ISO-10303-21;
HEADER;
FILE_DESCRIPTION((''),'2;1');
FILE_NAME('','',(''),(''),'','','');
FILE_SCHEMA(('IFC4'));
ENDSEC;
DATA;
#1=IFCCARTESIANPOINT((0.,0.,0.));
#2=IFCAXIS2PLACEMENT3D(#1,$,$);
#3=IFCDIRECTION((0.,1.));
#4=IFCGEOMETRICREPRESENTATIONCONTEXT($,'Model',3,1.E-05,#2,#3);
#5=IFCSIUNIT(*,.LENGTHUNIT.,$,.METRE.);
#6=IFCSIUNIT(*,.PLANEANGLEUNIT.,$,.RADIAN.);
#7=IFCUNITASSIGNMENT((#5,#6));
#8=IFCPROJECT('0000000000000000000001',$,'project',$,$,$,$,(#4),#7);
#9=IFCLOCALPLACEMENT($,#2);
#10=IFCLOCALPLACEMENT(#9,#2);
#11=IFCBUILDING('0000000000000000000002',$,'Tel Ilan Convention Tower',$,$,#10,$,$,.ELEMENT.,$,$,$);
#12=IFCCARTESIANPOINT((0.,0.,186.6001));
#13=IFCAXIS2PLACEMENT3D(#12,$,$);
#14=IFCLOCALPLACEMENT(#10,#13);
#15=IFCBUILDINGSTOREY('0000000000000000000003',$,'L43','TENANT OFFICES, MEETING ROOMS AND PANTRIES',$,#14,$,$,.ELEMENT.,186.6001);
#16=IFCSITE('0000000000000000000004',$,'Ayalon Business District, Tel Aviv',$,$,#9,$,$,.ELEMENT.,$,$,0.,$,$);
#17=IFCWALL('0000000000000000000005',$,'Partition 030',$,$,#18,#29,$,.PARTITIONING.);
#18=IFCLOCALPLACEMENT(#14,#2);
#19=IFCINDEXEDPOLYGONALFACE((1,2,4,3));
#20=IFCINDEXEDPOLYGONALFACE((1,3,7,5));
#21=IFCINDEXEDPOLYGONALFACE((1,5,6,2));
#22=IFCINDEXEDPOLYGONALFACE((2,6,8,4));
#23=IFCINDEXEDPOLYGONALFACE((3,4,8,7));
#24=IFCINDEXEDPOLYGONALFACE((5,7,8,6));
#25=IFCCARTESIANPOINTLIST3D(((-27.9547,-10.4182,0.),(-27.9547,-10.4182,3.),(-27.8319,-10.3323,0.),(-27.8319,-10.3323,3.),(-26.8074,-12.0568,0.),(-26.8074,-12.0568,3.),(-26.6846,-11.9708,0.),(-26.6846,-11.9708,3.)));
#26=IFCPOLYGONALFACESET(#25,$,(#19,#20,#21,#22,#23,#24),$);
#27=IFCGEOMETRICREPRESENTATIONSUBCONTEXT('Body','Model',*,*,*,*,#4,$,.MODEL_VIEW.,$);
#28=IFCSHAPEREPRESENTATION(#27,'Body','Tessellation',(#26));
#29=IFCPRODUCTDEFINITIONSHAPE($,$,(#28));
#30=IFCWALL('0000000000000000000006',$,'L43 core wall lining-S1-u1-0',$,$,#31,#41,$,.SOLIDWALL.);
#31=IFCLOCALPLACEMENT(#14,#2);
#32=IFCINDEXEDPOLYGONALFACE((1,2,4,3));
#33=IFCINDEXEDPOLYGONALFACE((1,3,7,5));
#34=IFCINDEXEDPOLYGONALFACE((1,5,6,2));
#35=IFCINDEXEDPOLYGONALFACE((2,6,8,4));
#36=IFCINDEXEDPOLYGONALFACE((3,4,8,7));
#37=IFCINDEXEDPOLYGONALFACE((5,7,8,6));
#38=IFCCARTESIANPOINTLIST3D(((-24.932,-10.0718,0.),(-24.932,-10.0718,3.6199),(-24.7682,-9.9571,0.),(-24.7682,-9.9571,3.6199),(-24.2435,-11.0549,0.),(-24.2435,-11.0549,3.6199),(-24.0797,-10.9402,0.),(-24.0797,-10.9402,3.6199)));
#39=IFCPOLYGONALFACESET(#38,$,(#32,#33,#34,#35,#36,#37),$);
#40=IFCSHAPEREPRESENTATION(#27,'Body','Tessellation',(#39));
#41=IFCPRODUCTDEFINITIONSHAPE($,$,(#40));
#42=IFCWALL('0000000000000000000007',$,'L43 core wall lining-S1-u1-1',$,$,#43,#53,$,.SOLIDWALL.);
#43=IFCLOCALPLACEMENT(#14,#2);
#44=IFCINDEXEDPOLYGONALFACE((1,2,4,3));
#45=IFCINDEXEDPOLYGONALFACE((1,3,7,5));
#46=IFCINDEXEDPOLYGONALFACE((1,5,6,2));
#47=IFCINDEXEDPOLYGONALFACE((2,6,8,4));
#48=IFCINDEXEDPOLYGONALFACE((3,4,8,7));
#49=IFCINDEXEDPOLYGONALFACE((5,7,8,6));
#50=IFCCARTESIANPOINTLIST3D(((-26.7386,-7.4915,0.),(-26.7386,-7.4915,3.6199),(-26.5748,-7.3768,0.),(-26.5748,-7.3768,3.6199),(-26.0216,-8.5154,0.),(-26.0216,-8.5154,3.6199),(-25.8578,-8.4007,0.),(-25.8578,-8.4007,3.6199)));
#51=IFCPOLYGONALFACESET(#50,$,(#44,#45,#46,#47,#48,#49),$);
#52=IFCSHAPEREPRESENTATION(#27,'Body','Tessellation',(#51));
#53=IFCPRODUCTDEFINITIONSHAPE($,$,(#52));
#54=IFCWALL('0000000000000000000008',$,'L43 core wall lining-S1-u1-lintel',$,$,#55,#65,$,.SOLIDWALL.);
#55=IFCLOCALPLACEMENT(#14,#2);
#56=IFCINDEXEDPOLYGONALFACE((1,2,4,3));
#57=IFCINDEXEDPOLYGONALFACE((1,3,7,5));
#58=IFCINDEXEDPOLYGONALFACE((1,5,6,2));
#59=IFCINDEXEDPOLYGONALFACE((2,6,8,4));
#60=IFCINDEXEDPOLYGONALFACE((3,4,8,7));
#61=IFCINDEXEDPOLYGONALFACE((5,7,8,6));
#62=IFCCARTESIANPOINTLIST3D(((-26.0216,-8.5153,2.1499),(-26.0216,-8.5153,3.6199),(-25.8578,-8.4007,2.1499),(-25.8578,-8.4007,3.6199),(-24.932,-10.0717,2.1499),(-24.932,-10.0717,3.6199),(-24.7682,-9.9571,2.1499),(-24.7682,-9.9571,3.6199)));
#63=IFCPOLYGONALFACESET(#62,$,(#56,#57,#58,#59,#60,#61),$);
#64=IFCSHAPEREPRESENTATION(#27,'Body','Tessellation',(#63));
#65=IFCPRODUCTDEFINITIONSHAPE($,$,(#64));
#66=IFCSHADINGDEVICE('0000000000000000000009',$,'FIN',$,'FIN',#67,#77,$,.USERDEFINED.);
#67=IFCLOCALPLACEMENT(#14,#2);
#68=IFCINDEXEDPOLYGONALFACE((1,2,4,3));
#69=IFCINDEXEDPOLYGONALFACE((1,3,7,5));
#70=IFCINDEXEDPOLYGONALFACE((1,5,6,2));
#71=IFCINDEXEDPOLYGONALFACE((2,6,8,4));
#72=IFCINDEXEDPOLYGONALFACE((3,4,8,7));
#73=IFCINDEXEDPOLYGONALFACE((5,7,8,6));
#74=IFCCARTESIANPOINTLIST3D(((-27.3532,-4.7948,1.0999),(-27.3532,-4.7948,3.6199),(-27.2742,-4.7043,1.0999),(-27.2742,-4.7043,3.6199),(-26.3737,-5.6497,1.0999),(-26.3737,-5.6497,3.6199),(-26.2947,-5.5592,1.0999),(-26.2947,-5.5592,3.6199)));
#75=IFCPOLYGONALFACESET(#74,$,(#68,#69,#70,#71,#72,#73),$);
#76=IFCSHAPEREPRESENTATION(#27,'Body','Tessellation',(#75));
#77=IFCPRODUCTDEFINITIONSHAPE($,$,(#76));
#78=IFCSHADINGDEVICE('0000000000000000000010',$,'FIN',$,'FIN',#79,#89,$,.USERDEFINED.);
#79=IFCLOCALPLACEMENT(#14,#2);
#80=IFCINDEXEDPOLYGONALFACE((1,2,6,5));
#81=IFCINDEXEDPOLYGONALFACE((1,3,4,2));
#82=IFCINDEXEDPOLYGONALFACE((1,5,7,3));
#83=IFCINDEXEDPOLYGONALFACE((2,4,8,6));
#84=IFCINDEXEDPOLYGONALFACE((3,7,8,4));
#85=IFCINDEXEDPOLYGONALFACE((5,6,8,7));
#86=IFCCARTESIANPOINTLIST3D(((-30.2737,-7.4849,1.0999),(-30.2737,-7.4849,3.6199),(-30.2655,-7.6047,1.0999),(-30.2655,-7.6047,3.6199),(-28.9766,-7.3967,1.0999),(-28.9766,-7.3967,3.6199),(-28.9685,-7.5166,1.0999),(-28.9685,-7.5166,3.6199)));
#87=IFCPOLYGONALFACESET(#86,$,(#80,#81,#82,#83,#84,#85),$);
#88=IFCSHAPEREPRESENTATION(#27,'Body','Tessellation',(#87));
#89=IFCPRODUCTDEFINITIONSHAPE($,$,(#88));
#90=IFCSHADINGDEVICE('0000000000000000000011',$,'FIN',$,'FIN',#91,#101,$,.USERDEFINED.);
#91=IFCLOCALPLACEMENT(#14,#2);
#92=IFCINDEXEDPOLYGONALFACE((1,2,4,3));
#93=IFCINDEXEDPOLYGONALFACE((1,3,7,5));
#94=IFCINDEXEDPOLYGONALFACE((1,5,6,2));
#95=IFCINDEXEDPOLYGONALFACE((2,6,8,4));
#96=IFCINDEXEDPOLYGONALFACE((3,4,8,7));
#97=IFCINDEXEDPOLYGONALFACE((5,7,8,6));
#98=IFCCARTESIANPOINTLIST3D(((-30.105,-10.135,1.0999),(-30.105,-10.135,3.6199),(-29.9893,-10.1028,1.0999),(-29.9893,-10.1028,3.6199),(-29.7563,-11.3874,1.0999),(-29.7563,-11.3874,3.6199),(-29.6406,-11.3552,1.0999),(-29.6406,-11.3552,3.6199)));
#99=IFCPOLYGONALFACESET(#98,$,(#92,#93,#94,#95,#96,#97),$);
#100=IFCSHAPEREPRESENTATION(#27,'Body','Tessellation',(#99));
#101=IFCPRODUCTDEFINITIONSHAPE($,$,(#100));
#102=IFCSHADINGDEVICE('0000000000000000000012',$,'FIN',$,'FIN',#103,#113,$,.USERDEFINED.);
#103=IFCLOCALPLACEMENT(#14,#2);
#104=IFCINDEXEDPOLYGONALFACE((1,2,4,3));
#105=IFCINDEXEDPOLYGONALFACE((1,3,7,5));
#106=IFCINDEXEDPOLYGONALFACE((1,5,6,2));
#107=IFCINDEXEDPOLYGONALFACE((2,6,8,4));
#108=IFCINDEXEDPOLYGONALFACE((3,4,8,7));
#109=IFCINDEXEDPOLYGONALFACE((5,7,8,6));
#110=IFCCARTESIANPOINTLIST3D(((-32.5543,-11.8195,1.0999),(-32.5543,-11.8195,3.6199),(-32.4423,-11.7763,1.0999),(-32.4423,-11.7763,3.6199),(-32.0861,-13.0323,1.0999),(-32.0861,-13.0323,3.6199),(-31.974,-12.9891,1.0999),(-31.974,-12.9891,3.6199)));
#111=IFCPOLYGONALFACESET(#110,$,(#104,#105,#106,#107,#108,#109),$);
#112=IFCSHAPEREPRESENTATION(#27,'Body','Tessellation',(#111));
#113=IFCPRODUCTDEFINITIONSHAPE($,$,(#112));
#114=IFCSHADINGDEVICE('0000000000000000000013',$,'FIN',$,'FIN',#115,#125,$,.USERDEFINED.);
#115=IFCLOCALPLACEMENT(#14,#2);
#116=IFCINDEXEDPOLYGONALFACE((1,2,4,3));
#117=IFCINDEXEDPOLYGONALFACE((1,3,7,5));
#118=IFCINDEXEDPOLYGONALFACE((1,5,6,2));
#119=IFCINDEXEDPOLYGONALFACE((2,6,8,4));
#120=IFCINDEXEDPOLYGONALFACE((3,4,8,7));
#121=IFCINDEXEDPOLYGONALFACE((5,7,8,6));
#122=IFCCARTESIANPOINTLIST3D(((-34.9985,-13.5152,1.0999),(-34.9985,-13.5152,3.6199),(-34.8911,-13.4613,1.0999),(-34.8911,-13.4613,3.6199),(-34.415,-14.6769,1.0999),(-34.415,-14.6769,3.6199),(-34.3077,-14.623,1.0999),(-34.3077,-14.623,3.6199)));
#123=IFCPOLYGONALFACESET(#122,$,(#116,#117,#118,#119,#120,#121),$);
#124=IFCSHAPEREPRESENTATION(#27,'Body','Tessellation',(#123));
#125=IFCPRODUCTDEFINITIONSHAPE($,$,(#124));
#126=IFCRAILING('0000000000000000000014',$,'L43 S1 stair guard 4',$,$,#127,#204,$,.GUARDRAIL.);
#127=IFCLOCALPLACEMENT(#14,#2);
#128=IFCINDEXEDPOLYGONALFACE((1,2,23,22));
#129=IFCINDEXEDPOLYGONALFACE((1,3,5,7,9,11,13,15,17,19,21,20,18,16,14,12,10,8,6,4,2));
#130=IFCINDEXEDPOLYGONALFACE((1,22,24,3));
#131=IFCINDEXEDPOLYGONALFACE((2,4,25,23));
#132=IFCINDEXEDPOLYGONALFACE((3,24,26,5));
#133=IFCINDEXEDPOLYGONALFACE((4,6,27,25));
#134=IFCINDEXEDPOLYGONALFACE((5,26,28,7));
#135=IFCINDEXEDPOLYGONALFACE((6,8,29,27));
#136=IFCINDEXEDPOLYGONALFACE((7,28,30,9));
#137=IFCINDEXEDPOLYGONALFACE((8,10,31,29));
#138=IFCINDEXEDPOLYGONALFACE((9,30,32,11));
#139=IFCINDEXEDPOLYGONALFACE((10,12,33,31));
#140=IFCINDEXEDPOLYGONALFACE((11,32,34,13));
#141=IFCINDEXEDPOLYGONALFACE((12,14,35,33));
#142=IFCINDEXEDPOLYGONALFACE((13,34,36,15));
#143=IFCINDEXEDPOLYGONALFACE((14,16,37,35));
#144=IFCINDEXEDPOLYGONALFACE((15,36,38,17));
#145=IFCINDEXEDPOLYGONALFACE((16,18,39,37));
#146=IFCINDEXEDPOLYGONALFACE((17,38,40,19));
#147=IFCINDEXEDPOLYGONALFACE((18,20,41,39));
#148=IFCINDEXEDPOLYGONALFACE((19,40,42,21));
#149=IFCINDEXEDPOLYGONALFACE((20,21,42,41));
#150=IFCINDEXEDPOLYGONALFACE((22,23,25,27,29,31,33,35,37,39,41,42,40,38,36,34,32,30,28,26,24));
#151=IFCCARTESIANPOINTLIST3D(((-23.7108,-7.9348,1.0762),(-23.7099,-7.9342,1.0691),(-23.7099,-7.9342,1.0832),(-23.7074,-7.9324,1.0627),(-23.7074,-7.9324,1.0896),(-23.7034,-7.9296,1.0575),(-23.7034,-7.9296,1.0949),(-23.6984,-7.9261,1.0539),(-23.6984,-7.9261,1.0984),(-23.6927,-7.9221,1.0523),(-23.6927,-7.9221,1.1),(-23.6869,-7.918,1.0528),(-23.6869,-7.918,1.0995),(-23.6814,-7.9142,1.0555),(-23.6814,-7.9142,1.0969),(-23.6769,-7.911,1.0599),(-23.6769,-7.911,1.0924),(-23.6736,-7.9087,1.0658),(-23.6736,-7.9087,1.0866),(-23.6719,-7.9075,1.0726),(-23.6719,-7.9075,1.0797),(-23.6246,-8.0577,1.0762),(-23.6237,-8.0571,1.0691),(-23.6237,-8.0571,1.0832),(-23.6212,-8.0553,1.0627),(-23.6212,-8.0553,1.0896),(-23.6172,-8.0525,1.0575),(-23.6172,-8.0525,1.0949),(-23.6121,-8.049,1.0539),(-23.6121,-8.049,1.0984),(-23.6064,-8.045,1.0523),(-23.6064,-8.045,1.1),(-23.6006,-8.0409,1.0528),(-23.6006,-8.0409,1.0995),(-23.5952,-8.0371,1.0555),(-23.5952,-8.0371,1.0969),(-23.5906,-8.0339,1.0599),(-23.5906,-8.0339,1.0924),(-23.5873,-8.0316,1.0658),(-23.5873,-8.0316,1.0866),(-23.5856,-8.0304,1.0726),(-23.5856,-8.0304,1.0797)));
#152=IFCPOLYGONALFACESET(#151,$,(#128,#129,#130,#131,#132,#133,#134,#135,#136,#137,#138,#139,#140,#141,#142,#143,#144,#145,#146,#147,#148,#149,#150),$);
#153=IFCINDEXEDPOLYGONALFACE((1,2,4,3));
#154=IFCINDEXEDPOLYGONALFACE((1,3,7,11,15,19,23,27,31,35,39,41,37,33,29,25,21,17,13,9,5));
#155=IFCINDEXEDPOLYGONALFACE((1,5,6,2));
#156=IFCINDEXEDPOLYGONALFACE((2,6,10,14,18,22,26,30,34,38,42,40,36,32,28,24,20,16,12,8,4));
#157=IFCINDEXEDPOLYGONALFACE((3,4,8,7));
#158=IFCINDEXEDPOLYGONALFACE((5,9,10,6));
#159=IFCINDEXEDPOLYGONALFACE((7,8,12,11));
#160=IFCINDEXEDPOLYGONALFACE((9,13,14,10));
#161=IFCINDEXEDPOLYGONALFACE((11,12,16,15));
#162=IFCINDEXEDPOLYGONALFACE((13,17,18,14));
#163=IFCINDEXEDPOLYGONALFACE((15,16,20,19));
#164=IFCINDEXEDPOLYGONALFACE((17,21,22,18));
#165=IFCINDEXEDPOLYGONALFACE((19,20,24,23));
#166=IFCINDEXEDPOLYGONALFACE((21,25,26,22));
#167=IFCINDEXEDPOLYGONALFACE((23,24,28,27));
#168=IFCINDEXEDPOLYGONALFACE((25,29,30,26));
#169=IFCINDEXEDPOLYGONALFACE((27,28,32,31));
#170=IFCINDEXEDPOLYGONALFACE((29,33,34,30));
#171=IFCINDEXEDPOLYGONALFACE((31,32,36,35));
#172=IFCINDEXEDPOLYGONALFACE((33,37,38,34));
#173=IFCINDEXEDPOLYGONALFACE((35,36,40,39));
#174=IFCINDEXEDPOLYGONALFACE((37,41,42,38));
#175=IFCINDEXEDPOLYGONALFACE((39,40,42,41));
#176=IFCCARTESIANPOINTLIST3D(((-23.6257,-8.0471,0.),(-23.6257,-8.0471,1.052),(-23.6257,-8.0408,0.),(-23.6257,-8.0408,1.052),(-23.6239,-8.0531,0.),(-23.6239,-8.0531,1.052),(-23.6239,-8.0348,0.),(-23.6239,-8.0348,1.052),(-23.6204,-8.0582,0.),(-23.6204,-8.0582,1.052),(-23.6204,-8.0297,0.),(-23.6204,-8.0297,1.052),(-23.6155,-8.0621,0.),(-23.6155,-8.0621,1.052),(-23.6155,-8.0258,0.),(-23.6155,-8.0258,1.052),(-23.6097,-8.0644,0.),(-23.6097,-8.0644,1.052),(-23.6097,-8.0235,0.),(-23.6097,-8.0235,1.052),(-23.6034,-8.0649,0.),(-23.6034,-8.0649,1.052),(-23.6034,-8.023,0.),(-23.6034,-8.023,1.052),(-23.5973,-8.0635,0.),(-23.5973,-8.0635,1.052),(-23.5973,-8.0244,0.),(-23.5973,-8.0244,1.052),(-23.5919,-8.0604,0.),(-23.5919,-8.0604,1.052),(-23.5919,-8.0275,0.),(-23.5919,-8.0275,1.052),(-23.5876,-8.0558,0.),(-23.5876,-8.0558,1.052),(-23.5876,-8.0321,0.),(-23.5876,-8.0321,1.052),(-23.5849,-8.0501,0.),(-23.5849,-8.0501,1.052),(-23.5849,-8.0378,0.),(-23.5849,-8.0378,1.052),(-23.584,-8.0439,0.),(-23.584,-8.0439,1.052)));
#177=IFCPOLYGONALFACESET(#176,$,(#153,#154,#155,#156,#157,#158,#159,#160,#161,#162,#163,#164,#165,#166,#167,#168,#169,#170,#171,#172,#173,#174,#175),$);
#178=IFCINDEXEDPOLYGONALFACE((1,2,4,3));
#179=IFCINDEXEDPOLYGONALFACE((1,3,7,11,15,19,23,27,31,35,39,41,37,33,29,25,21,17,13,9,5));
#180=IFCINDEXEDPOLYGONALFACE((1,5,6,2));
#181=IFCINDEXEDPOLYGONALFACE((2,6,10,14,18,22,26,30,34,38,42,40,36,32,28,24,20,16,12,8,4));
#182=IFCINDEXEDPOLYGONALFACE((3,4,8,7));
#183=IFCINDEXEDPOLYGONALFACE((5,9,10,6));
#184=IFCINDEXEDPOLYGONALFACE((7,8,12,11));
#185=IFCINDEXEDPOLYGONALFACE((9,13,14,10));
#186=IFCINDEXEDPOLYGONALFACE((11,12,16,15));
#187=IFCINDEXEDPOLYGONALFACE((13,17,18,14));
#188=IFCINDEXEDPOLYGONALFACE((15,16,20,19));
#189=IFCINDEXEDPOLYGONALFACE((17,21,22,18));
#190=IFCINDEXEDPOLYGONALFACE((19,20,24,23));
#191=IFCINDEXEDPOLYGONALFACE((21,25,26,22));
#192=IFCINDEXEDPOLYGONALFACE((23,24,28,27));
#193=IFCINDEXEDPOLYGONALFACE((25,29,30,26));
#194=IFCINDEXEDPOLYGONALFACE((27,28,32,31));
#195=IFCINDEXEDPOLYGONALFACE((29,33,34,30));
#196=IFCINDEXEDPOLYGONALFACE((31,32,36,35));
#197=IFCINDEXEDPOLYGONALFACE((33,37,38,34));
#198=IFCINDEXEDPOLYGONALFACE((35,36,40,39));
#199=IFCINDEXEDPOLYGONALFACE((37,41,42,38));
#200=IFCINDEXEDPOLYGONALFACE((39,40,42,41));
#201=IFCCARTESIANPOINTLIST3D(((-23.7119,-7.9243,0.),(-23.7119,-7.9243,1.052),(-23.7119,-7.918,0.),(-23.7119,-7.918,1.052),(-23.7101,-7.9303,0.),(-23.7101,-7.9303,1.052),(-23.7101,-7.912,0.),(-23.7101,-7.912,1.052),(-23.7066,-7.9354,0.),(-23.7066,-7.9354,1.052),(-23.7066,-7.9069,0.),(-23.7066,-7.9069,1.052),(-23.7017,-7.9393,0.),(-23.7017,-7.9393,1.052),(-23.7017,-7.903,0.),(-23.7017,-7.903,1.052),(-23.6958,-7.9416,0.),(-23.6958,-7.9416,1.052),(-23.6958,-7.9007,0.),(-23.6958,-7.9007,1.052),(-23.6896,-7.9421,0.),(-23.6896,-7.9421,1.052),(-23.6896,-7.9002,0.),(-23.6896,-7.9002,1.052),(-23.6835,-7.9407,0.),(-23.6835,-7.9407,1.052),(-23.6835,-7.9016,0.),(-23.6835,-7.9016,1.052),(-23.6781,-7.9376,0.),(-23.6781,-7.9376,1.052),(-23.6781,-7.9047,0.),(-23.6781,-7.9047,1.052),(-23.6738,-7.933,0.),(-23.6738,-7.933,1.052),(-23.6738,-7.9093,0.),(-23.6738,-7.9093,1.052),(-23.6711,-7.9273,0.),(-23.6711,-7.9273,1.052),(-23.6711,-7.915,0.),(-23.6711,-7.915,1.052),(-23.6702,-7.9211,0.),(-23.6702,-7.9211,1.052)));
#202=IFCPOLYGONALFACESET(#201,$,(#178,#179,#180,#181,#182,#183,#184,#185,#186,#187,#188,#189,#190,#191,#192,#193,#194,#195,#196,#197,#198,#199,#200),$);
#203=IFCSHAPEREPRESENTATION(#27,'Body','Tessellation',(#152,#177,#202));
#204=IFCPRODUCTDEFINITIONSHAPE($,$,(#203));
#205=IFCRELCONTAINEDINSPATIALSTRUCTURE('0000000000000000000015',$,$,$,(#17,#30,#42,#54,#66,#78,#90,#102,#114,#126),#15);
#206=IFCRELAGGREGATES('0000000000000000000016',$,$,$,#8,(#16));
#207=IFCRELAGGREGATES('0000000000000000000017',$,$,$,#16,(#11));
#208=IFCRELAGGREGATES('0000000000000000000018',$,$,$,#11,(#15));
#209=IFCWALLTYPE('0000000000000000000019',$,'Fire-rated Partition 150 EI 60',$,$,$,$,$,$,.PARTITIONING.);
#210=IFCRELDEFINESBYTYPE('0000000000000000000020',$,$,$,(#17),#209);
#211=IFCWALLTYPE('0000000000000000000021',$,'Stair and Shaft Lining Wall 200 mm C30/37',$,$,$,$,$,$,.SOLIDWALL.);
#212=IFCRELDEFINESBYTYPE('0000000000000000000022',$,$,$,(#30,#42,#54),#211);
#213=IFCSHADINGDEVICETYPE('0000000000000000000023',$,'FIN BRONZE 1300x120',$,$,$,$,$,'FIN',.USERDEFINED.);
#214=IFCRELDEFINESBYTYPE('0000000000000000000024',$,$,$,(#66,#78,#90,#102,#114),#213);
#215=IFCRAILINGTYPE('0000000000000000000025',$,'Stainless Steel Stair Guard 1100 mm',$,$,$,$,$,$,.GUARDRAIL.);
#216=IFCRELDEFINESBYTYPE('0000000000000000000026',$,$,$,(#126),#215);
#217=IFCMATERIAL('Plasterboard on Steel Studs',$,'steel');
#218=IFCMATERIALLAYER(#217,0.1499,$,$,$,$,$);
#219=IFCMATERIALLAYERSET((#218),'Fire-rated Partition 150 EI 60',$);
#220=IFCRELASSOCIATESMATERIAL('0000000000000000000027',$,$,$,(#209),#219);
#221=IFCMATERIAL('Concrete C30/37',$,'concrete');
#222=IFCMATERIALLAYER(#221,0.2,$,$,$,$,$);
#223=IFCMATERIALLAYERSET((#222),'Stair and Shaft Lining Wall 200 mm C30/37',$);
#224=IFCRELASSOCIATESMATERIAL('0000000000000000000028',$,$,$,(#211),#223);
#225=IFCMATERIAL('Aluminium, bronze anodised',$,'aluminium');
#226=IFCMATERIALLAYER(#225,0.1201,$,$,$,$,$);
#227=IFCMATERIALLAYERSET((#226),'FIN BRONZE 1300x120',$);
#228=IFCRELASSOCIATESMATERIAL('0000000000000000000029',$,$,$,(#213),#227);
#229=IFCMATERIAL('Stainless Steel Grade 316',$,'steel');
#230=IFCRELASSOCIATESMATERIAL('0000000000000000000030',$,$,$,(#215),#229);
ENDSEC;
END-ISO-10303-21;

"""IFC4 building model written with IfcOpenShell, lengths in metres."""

from ifc_helpers import new_model, si_unit, direction, frame, frame_2d, origin, origin_2d, place, context, subcontext, project, spatial, rectangle, circle, extrude, material, layer, layer_set, type_object, element, save


model = new_model("IFC4")

# Units and contexts
model_context = context("Model", 3, precision=1e-05, world=origin(), true_north=direction((0.0, 1.0)))
body_context = subcontext(model_context, "Body", "Model", "MODEL_VIEW")
ifc_project = project(units=[si_unit("LENGTHUNIT", "METRE"), si_unit("PLANEANGLEUNIT", "RADIAN")], contexts=[model_context])

# Site, building, storey
site_placement = place(None, origin())
site = spatial("IfcSite", under=ifc_project, at=site_placement, Name="Ayalon Business District, Tel Aviv", CompositionType="ELEMENT", RefElevation=0.0)
building_placement = place(site_placement, origin())
building = spatial("IfcBuilding", under=site, at=building_placement, Name="Tel Ilan Convention Tower", CompositionType="ELEMENT")
storey_placement = place(building_placement, frame((0.0, 0.0, 186.6001)))
storey = spatial("IfcBuildingStorey", under=building, at=storey_placement, Name="L43", Description="TENANT OFFICES, MEETING ROOMS AND PANTRIES", CompositionType="ELEMENT", Elevation=186.6001)

# Walls
ifc_material_1 = material(Name="Plasterboard on Steel Studs", Category="steel")
ifc_layer_1 = layer(ifc_material_1, 0.1499)
ifc_layer_set_1 = layer_set([ifc_layer_1], Name="Fire-rated Partition 150 EI 60")
wall_type_1 = type_object("IfcWallType", Name="Fire-rated Partition 150 EI 60", PredefinedType="PARTITIONING", material=ifc_layer_set_1)
wall_1_placement = place(storey_placement, frame((-26.7461, -12.0137, 0.0), z_axis=(0.0, 0.0, 1.0), x_axis=(-0.573569, 0.819157, 0.0)))
element("IfcWall", 1, at=wall_1_placement, inside=storey, type_object=wall_type_1, Name="Partition 030", PredefinedType="PARTITIONING", context=body_context, shape_type="SweptSolid", body=[
    extrude(rectangle(XDim=2.0002, YDim=0.1499, at=frame_2d((1.0, 0.0))), origin(), (0.0, 0.0, 1.0), 3.0),
])
ifc_material_2 = material(Name="Concrete C30/37", Category="concrete")
ifc_layer_2 = layer(ifc_material_2, 0.2)
ifc_layer_set_2 = layer_set([ifc_layer_2], Name="Stair and Shaft Lining Wall 200 mm C30/37")
wall_type_2 = type_object("IfcWallType", Name="Stair and Shaft Lining Wall 200 mm C30/37", PredefinedType="SOLIDWALL", material=ifc_layer_set_2)
wall_2_placement = place(storey_placement, frame((-24.1616, -10.9976, 0.0), z_axis=(0.0, 0.0, 1.0), x_axis=(-0.573613, 0.819127, 0.0)))
element("IfcWall", 2, at=wall_2_placement, inside=storey, type_object=wall_type_2, Name="L43 core wall lining-S1-u1-0", PredefinedType="SOLIDWALL", context=body_context, shape_type="SweptSolid", body=[
    extrude(rectangle(XDim=1.2002, YDim=0.2, at=frame_2d((0.6001, 0.0))), origin(), (0.0, 0.0, 1.0), 3.6199),
])
wall_3_placement = place(storey_placement, frame((-25.9397, -8.458, 0.0), z_axis=(0.0, 0.0, 1.0), x_axis=(-0.57362, 0.819122, 0.0)))
element("IfcWall", 3, at=wall_3_placement, inside=storey, type_object=wall_type_2, Name="L43 core wall lining-S1-u1-1", PredefinedType="SOLIDWALL", context=body_context, shape_type="SweptSolid", body=[
    extrude(rectangle(XDim=1.25, YDim=0.2, at=frame_2d((0.625, 0.0))), origin(), (0.0, 0.0, 1.0), 3.6199),
])
wall_4_placement = place(storey_placement, frame((-24.8501, -10.0144, 2.1499), z_axis=(0.0, 0.0, 1.0), x_axis=(-0.573505, 0.819202, 0.0)))
element("IfcWall", 4, at=wall_4_placement, inside=storey, type_object=wall_type_2, Name="L43 core wall lining-S1-u1-lintel", PredefinedType="SOLIDWALL", context=body_context, shape_type="SweptSolid", body=[
    extrude(rectangle(XDim=1.8999, YDim=0.2, at=frame_2d((0.95, 0.0))), origin(), (0.0, 0.0, 1.0), 1.47),
])

# Shading devices
ifc_material_3 = material(Name="Aluminium, bronze anodised", Category="aluminium")
ifc_layer_3 = layer(ifc_material_3, 0.1201)
ifc_layer_set_3 = layer_set([ifc_layer_3], Name="FIN BRONZE 1300x120")
shading_device_type = type_object("IfcShadingDeviceType", Name="FIN BRONZE 1300x120", ElementType="FIN", PredefinedType="USERDEFINED", material=ifc_layer_set_3)
for number, where, z_axis, x_axis, name in (
    (5, (-26.824, -5.177, 1.0999), (0.0, 0.0, 1.0), (-0.753436, 0.657521, 0.0), "FIN"),
    (6, (-29.6211, -7.5007, 1.0999), (0.0, 0.0, 1.0), (-0.997697, -0.067822, 0.0), "FIN"),
    (7, (-29.8728, -10.7451, 1.0999), (0.0, 0.0, 1.0), (-0.268173, 0.963371, 0.0), "FIN"),
    (8, (-32.2642, -12.4043, 1.0999), (0.0, 0.0, 1.0), (-0.360178, 0.932884, 0.0), "FIN"),
    (9, (-34.6531, -14.0691, 1.0999), (0.0, 0.0, 1.0), (-0.448799, 0.893633, 0.0), "FIN"),
):
    element("IfcShadingDevice", number, at=place(storey_placement, frame(where, z_axis=z_axis, x_axis=x_axis)), inside=storey, type_object=shading_device_type, Name=name, ObjectType="FIN", PredefinedType="USERDEFINED", context=body_context, shape_type="SweptSolid", body=[
        extrude(rectangle(XDim=1.3, YDim=0.1201, at=origin_2d()), origin(), (0.0, 0.0, 1.0), 2.52),
    ])

# Railing
ifc_material_4 = material(Name="Stainless Steel Grade 316", Category="steel")
railing_type = type_object("IfcRailingType", Name="Stainless Steel Stair Guard 1100 mm", PredefinedType="GUARDRAIL", material=ifc_material_4)
railing_placement = place(storey_placement, frame((-23.605, -8.0439, 0.0)))
element("IfcRailing", 10, at=railing_placement, inside=storey, type_object=railing_type, Name="L43 S1 stair guard 4", PredefinedType="GUARDRAIL", context=body_context, shape_type="SweptSolid", body=[
    extrude(circle(Radius=0.0239, at=origin_2d()), frame((0.0, 0.0, 1.0762), z_axis=(-0.574445, 0.818543, 0.0), x_axis=(-0.818543, -0.574445, 0.0)), (0.0, 0.0, 1.0), 0.1501),
    extrude(circle(Radius=0.021, at=origin_2d()), origin(), (0.0, 0.0, 1.0), 1.052),
    extrude(circle(Radius=0.021, at=origin_2d()), frame((-0.0862, 0.1228, 0.0)), (0.0, 0.0, 1.0), 1.052),
])

save(model, "model.ifc")
